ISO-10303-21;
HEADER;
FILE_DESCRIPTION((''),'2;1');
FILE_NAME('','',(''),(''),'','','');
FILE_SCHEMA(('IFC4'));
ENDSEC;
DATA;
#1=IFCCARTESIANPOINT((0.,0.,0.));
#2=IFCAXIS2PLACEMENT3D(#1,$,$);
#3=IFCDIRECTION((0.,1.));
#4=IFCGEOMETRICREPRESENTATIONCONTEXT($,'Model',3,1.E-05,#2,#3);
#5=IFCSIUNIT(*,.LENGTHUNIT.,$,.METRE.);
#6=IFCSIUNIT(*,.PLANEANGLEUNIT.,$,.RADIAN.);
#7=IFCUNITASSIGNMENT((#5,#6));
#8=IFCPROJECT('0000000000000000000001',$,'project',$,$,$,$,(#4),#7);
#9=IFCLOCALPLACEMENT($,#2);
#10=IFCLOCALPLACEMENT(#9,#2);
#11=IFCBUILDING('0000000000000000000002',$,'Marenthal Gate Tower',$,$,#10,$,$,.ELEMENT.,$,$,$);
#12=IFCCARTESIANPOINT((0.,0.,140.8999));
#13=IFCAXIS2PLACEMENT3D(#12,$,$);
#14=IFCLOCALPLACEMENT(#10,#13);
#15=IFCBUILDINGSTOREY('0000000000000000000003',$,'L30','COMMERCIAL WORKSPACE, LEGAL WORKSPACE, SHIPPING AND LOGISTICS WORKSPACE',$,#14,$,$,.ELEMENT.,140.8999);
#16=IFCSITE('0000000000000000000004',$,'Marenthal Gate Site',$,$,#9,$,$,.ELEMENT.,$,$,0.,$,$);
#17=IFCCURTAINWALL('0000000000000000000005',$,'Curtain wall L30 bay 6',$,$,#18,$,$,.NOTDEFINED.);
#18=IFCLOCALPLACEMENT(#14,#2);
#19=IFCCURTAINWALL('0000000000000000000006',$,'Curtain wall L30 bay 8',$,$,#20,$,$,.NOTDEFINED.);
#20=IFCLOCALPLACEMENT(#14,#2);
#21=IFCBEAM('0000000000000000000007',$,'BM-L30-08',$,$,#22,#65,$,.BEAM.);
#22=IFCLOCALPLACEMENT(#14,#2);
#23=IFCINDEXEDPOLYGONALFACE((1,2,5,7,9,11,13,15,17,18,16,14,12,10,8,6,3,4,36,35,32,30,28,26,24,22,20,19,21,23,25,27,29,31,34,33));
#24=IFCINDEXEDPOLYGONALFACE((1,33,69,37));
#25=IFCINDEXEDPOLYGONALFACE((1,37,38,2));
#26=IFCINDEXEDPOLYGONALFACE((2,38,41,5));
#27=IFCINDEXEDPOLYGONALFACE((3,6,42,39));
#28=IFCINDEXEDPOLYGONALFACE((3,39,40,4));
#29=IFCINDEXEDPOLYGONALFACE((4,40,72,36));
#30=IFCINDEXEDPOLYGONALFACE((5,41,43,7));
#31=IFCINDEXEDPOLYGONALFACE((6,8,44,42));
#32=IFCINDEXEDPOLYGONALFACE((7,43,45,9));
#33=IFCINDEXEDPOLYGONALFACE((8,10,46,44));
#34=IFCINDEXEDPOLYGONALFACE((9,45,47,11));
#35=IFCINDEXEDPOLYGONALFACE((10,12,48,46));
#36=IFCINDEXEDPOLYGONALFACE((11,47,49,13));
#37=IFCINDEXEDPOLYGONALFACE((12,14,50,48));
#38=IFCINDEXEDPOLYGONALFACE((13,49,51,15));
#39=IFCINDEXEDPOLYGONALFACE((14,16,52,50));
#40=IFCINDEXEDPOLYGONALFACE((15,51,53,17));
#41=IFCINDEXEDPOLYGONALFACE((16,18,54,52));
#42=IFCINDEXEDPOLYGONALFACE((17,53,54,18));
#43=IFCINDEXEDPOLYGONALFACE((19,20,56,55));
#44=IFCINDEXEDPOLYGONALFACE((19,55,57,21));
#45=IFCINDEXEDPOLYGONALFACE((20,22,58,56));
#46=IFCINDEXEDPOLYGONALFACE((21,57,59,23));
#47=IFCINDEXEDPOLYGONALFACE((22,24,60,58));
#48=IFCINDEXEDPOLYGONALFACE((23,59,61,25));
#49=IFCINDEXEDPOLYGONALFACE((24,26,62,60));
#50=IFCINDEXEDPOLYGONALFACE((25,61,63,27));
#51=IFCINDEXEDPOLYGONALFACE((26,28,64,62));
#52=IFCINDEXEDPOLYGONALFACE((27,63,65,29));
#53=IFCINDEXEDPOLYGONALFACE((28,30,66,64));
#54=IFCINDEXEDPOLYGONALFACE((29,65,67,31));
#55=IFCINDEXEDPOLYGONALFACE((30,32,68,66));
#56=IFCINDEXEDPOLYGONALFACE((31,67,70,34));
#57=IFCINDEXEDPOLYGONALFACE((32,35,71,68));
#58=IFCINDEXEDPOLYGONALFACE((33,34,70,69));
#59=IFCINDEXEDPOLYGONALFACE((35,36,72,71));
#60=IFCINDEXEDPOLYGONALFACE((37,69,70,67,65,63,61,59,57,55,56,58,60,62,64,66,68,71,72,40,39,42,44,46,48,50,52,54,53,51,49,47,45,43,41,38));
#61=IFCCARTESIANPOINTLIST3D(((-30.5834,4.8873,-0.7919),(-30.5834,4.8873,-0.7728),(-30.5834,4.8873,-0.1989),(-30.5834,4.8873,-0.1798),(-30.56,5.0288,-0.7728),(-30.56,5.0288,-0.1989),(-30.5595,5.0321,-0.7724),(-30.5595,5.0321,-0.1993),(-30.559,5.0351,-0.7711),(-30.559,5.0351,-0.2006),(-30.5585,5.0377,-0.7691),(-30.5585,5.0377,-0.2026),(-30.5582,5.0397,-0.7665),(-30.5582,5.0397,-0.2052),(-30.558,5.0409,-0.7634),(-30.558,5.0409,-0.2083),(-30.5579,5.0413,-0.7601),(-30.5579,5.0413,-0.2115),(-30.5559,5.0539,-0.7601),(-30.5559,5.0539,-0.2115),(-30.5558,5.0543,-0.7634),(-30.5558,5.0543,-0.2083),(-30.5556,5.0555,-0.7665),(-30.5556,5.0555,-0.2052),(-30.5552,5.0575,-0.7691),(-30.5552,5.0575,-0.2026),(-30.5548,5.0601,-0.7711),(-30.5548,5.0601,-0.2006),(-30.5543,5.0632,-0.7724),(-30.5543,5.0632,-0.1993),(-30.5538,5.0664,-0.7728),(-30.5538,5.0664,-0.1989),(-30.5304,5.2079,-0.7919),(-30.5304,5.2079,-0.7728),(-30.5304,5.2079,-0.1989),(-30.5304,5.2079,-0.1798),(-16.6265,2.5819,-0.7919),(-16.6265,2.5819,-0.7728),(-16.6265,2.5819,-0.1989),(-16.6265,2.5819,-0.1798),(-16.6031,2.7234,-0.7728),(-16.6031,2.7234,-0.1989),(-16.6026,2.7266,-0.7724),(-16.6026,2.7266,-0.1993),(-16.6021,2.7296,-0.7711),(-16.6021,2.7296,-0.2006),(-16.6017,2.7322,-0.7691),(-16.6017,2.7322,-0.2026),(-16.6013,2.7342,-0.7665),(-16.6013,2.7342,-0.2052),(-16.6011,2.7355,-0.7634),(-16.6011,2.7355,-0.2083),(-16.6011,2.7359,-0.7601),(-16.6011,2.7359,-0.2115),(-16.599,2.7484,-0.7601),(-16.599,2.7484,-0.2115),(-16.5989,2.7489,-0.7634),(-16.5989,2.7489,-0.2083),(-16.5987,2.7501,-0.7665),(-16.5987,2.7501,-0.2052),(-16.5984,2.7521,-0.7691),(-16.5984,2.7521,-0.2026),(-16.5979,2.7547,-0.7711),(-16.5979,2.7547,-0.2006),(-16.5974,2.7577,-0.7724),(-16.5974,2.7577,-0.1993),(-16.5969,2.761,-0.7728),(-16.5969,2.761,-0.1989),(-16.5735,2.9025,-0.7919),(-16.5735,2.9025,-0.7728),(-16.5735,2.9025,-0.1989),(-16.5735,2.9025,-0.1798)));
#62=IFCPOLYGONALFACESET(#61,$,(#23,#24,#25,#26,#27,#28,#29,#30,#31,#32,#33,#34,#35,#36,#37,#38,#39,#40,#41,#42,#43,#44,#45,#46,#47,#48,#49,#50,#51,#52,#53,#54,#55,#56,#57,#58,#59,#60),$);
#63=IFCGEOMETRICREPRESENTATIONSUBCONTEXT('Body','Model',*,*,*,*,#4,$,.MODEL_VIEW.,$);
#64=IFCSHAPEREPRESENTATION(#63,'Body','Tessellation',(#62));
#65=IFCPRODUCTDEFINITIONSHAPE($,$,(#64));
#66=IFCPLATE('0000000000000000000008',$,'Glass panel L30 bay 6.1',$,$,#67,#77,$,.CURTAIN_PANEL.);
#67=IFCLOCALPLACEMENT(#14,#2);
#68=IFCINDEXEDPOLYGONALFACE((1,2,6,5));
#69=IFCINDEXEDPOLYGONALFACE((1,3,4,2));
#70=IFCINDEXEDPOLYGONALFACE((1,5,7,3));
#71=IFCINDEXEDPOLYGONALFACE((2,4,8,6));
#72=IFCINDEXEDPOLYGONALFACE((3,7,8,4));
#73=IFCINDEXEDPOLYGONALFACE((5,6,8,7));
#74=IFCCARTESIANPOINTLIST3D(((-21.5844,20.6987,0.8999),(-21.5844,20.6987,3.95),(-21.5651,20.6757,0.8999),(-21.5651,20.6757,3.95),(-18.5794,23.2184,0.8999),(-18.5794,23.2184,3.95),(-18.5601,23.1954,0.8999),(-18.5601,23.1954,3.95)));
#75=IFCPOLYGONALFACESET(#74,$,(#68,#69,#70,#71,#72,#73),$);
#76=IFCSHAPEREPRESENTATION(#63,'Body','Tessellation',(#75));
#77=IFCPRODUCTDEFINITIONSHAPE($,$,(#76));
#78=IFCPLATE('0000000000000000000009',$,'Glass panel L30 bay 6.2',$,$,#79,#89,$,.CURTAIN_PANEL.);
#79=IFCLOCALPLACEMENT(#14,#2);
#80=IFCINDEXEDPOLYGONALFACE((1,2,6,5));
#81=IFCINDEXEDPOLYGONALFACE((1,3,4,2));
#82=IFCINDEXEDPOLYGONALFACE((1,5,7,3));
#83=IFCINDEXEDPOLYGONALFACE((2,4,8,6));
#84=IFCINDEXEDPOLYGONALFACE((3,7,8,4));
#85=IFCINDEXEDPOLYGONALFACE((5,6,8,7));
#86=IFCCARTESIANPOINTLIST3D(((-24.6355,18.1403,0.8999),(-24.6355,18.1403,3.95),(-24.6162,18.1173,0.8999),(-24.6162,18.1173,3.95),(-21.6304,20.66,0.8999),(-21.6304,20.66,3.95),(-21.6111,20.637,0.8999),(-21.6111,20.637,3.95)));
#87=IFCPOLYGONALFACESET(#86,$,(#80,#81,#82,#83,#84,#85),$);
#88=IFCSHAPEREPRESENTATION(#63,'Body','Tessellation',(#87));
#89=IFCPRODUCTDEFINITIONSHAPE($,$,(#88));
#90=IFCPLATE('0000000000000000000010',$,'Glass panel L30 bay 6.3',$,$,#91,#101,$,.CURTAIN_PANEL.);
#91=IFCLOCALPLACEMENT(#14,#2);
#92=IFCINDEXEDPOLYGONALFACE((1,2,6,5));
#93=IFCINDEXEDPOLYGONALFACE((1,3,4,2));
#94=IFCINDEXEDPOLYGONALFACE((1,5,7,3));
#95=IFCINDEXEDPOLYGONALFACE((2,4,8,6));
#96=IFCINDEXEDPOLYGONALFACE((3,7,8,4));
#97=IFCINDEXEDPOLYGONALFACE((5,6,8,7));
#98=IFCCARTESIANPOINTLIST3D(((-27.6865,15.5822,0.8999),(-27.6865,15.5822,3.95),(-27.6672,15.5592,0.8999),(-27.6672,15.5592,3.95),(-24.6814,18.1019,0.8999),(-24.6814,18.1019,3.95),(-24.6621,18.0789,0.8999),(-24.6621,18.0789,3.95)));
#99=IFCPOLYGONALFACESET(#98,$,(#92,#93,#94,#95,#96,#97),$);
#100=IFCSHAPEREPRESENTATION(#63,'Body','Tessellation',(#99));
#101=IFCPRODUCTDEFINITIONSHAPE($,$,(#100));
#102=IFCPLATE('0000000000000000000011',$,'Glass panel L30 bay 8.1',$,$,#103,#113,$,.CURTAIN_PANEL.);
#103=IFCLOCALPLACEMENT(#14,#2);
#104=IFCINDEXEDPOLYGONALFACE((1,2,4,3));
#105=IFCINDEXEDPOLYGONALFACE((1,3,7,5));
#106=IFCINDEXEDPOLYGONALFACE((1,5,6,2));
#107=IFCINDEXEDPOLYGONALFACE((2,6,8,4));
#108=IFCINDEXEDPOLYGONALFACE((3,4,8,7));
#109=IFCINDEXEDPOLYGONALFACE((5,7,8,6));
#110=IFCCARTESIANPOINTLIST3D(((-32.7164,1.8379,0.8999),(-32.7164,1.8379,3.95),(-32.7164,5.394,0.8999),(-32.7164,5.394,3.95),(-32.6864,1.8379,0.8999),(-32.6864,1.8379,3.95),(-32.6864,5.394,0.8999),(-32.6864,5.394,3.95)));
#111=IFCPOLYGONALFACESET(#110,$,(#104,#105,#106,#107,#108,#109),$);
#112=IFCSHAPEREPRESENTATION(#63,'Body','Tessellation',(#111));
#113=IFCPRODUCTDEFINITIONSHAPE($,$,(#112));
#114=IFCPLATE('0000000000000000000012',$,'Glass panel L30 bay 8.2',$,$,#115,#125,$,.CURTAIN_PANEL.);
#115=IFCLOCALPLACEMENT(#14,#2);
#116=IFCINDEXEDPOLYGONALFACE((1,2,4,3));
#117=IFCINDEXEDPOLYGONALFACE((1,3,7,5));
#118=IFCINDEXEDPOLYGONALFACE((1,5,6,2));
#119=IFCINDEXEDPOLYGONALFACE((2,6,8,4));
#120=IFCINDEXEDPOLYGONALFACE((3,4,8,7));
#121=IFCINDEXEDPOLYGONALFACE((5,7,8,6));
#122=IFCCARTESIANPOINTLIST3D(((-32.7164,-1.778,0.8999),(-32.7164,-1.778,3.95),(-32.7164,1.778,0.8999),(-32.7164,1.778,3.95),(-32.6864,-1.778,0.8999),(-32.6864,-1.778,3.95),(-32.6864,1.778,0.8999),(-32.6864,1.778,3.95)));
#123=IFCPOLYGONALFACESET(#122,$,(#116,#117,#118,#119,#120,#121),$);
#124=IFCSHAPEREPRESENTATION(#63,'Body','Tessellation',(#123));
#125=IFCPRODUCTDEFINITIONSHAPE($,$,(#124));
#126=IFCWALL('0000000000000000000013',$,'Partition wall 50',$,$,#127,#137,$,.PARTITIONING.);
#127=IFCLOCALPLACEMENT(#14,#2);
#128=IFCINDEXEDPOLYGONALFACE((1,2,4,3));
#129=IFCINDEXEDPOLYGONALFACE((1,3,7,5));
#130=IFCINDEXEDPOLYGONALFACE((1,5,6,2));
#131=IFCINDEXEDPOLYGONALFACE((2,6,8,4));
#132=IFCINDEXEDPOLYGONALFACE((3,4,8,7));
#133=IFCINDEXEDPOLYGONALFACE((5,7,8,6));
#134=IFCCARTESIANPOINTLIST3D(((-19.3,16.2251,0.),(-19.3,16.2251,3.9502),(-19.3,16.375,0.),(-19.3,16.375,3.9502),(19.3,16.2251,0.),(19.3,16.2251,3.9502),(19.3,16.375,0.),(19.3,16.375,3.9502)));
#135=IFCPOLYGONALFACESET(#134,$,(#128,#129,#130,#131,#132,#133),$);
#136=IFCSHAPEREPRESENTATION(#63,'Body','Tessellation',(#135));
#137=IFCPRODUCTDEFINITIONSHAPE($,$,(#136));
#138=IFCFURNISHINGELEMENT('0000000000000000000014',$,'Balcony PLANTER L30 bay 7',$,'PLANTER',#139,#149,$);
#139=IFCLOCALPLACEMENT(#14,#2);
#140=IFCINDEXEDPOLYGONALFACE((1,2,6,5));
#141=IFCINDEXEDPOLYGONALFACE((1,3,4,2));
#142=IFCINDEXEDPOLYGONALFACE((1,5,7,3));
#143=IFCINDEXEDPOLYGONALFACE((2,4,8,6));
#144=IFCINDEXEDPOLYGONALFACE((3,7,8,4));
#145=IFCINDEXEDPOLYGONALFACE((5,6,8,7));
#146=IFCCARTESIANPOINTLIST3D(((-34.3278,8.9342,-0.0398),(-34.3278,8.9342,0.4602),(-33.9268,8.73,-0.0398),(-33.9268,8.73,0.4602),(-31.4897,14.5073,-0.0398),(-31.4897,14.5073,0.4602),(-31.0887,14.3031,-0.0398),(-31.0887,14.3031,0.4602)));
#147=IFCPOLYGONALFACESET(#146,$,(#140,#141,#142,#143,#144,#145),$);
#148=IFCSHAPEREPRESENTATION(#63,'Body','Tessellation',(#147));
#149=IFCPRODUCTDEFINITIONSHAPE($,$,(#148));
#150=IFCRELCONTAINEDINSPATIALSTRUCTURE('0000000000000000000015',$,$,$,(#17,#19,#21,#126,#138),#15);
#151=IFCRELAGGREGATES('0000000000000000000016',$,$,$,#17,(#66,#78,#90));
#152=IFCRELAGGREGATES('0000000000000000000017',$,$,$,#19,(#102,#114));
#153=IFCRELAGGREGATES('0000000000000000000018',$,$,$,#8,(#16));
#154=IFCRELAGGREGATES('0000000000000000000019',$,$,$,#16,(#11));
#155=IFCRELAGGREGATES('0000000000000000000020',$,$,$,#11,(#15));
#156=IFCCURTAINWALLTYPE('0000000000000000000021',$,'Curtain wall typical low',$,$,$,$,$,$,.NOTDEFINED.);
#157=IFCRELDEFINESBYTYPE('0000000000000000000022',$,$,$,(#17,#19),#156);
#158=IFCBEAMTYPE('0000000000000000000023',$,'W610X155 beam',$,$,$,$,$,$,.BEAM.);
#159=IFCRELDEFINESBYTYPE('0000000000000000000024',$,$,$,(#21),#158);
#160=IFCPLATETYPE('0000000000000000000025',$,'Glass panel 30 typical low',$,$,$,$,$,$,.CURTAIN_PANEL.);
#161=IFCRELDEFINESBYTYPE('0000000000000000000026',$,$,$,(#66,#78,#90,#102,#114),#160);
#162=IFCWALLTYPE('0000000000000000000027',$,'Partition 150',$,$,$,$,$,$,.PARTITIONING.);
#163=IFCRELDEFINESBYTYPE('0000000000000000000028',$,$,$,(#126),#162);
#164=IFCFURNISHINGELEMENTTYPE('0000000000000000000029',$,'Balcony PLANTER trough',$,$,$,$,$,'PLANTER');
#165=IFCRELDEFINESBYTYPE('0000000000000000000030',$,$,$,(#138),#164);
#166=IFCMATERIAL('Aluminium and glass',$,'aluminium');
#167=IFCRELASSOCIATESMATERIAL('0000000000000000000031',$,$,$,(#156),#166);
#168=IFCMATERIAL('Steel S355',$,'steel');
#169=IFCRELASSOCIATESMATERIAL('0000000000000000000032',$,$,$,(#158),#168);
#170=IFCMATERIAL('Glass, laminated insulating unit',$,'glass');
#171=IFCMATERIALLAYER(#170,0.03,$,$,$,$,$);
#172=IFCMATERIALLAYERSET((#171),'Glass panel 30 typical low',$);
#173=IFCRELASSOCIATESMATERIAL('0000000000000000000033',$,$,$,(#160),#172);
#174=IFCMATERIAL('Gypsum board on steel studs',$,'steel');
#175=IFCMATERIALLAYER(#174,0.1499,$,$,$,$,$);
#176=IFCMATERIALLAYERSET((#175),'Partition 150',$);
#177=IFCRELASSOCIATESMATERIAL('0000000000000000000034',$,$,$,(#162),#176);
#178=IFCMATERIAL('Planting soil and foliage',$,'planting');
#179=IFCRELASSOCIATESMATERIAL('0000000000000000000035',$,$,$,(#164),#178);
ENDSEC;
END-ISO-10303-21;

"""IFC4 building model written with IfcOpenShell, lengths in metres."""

from ifc_helpers import new_model, si_unit, direction, frame, frame_2d, origin, origin_2d, place, context, subcontext, project, spatial, rectangle, i_section, extrude, material, layer, layer_set, material_profile, profile_set, type_object, element, aggregate, save


model = new_model("IFC4")

# Units and contexts
model_context = context("Model", 3, precision=1e-05, world=origin(), true_north=direction((0.0, 1.0)))
body_context = subcontext(model_context, "Body", "Model", "MODEL_VIEW")
ifc_project = project(units=[si_unit("LENGTHUNIT", "METRE"), si_unit("PLANEANGLEUNIT", "RADIAN")], contexts=[model_context])

# Site, building, storey
site_placement = place(None, origin())
site = spatial("IfcSite", under=ifc_project, at=site_placement, Name="Marenthal Gate Site", CompositionType="ELEMENT", RefElevation=0.0)
building_placement = place(site_placement, origin())
building = spatial("IfcBuilding", under=site, at=building_placement, Name="Marenthal Gate Tower", CompositionType="ELEMENT")
storey_placement = place(building_placement, frame((0.0, 0.0, 140.8999)))
storey = spatial("IfcBuildingStorey", under=building, at=storey_placement, Name="L30", Description="COMMERCIAL WORKSPACE, LEGAL WORKSPACE, SHIPPING AND LOGISTICS WORKSPACE", CompositionType="ELEMENT", Elevation=140.8999)

# Curtain walls
ifc_material_1 = material(Name="Aluminium and glass", Category="aluminium")
curtain_wall_type = type_object("IfcCurtainWallType", Name="Curtain wall typical low", PredefinedType="NOTDEFINED", material=ifc_material_1)
curtain_wall_1_placement = place(storey_placement, origin())
curtain_wall_1 = element("IfcCurtainWall", 1, at=curtain_wall_1_placement, inside=storey, type_object=curtain_wall_type, Name="Curtain wall L30 bay 6", PredefinedType="NOTDEFINED")
curtain_wall_2_placement = place(storey_placement, origin())
curtain_wall_2 = element("IfcCurtainWall", 2, at=curtain_wall_2_placement, inside=storey, type_object=curtain_wall_type, Name="Curtain wall L30 bay 8", PredefinedType="NOTDEFINED")

# Beam
ifc_material_2 = material(Name="Steel S355", Category="steel")
ifc_material_profile_1 = material_profile(ifc_material_2, i_section(OverallWidth=0.325, OverallDepth=0.6121, WebThickness=0.0127, FlangeThickness=0.019, FilletRadius=0.0127, at=origin_2d()), Name="W610X155")
ifc_profile_set_1 = profile_set([ifc_material_profile_1], Name="Steel S355")
beam_type_1 = type_object("IfcBeamType", Name="W610X155 beam", PredefinedType="BEAM", material=ifc_profile_set_1)
beam_1_placement = place(storey_placement, frame((-30.5569, 5.0476, -0.4858), z_axis=(0.98663, -0.162974, 0.0), x_axis=(0.162974, 0.98663, 0.0)))
element("IfcBeam", 3, at=beam_1_placement, inside=storey, type_object=beam_type_1, Name="BM-L30-08", PredefinedType="BEAM", context=body_context, shape_type="SweptSolid", body=[
    extrude(i_section(OverallWidth=0.325, OverallDepth=0.6121, WebThickness=0.0127, FlangeThickness=0.019, FilletRadius=0.0127, at=origin_2d()), origin(), (0.0, 0.0, 1.0), 14.146),
])

# Plates
ifc_material_3 = material(Name="Glass, laminated insulating unit", Category="glass")
ifc_layer_1 = layer(ifc_material_3, 0.03)
ifc_layer_set_1 = layer_set([ifc_layer_1], Name="Glass panel 30 typical low")
plate_type = type_object("IfcPlateType", Name="Glass panel 30 typical low", PredefinedType="CURTAIN_PANEL", material=ifc_layer_set_1)
plate_1_placement = place(storey_placement, frame((-20.0723, 21.947, 0.8999), z_axis=(0.0, 0.0, 1.0), x_axis=(-0.766277, -0.642511, 0.0)))
plate_1 = element("IfcPlate", 4, at=plate_1_placement, type_object=plate_type, Name="Glass panel L30 bay 6.1", PredefinedType="CURTAIN_PANEL", context=body_context, shape_type="SweptSolid", body=[
    extrude(rectangle(XDim=3.9216, YDim=0.03, at=origin_2d()), origin(), (0.0, 0.0, 1.0), 3.05),
])
plate_2_placement = place(storey_placement, frame((-23.1233, 19.3887, 0.8999), z_axis=(0.0, 0.0, 1.0), x_axis=(-0.766277, -0.642511, 0.0)))
plate_2 = element("IfcPlate", 5, at=plate_2_placement, type_object=plate_type, Name="Glass panel L30 bay 6.2", PredefinedType="CURTAIN_PANEL", context=body_context, shape_type="SweptSolid", body=[
    extrude(rectangle(XDim=3.9216, YDim=0.03, at=origin_2d()), origin(), (0.0, 0.0, 1.0), 3.05),
])
plate_3_placement = place(storey_placement, frame((-26.1743, 16.8306, 0.8999), z_axis=(0.0, 0.0, 1.0), x_axis=(-0.766277, -0.642511, 0.0)))
plate_3 = element("IfcPlate", 6, at=plate_3_placement, type_object=plate_type, Name="Glass panel L30 bay 6.3", PredefinedType="CURTAIN_PANEL", context=body_context, shape_type="SweptSolid", body=[
    extrude(rectangle(XDim=3.9216, YDim=0.03, at=origin_2d()), origin(), (0.0, 0.0, 1.0), 3.05),
])
aggregate(curtain_wall_1, [plate_1, plate_2, plate_3])
plate_4_placement = place(storey_placement, frame((-32.7014, 3.616, 0.8999), z_axis=(0.0, 0.0, 1.0), x_axis=(0.0, -1.0, 0.0)))
plate_4 = element("IfcPlate", 7, at=plate_4_placement, type_object=plate_type, Name="Glass panel L30 bay 8.1", PredefinedType="CURTAIN_PANEL", context=body_context, shape_type="SweptSolid", body=[
    extrude(rectangle(XDim=3.5562, YDim=0.03, at=origin_2d()), origin(), (0.0, 0.0, 1.0), 3.05),
])
plate_5_placement = place(storey_placement, frame((-32.7014, 0.0, 0.8999), z_axis=(0.0, 0.0, 1.0), x_axis=(0.0, -1.0, 0.0)))
plate_5 = element("IfcPlate", 8, at=plate_5_placement, type_object=plate_type, Name="Glass panel L30 bay 8.2", PredefinedType="CURTAIN_PANEL", context=body_context, shape_type="SweptSolid", body=[
    extrude(rectangle(XDim=3.5559, YDim=0.03, at=origin_2d()), origin(), (0.0, 0.0, 1.0), 3.05),
])
aggregate(curtain_wall_2, [plate_4, plate_5])

# Wall
ifc_material_4 = material(Name="Gypsum board on steel studs", Category="steel")
ifc_layer_2 = layer(ifc_material_4, 0.1499)
ifc_layer_set_2 = layer_set([ifc_layer_2], Name="Partition 150")
wall_type_1 = type_object("IfcWallType", Name="Partition 150", PredefinedType="PARTITIONING", material=ifc_layer_set_2)
wall_1_placement = place(storey_placement, frame((-19.3, 16.3, 0.0), z_axis=(0.0, 0.0, 1.0), x_axis=(1.0, 0.0, 0.0)))
element("IfcWall", 9, at=wall_1_placement, inside=storey, type_object=wall_type_1, Name="Partition wall 50", PredefinedType="PARTITIONING", context=body_context, shape_type="SweptSolid", body=[
    extrude(rectangle(XDim=38.6001, YDim=0.1499, at=frame_2d((19.3, 0.0))), origin(), (0.0, 0.0, 1.0), 3.9502),
])

# Furnishing element
ifc_material_5 = material(Name="Planting soil and foliage", Category="planting")
furnishing_element_type = type_object("IfcFurnishingElementType", Name="Balcony PLANTER trough", ElementType="PLANTER", material=ifc_material_5)
furnishing_placement = place(storey_placement, frame((-32.7083, 11.6187, -0.0398), z_axis=(0.0, 0.0, 1.0), x_axis=(-0.453791, -0.891108, 0.0)))
element("IfcFurnishingElement", 10, at=furnishing_placement, inside=storey, type_object=furnishing_element_type, Name="Balcony PLANTER L30 bay 7", ObjectType="PLANTER", context=body_context, shape_type="SweptSolid", body=[
    extrude(rectangle(XDim=6.2542, YDim=0.45, at=origin_2d()), origin(), (0.0, 0.0, 1.0), 0.5),
])

save(model, "model.ifc")
